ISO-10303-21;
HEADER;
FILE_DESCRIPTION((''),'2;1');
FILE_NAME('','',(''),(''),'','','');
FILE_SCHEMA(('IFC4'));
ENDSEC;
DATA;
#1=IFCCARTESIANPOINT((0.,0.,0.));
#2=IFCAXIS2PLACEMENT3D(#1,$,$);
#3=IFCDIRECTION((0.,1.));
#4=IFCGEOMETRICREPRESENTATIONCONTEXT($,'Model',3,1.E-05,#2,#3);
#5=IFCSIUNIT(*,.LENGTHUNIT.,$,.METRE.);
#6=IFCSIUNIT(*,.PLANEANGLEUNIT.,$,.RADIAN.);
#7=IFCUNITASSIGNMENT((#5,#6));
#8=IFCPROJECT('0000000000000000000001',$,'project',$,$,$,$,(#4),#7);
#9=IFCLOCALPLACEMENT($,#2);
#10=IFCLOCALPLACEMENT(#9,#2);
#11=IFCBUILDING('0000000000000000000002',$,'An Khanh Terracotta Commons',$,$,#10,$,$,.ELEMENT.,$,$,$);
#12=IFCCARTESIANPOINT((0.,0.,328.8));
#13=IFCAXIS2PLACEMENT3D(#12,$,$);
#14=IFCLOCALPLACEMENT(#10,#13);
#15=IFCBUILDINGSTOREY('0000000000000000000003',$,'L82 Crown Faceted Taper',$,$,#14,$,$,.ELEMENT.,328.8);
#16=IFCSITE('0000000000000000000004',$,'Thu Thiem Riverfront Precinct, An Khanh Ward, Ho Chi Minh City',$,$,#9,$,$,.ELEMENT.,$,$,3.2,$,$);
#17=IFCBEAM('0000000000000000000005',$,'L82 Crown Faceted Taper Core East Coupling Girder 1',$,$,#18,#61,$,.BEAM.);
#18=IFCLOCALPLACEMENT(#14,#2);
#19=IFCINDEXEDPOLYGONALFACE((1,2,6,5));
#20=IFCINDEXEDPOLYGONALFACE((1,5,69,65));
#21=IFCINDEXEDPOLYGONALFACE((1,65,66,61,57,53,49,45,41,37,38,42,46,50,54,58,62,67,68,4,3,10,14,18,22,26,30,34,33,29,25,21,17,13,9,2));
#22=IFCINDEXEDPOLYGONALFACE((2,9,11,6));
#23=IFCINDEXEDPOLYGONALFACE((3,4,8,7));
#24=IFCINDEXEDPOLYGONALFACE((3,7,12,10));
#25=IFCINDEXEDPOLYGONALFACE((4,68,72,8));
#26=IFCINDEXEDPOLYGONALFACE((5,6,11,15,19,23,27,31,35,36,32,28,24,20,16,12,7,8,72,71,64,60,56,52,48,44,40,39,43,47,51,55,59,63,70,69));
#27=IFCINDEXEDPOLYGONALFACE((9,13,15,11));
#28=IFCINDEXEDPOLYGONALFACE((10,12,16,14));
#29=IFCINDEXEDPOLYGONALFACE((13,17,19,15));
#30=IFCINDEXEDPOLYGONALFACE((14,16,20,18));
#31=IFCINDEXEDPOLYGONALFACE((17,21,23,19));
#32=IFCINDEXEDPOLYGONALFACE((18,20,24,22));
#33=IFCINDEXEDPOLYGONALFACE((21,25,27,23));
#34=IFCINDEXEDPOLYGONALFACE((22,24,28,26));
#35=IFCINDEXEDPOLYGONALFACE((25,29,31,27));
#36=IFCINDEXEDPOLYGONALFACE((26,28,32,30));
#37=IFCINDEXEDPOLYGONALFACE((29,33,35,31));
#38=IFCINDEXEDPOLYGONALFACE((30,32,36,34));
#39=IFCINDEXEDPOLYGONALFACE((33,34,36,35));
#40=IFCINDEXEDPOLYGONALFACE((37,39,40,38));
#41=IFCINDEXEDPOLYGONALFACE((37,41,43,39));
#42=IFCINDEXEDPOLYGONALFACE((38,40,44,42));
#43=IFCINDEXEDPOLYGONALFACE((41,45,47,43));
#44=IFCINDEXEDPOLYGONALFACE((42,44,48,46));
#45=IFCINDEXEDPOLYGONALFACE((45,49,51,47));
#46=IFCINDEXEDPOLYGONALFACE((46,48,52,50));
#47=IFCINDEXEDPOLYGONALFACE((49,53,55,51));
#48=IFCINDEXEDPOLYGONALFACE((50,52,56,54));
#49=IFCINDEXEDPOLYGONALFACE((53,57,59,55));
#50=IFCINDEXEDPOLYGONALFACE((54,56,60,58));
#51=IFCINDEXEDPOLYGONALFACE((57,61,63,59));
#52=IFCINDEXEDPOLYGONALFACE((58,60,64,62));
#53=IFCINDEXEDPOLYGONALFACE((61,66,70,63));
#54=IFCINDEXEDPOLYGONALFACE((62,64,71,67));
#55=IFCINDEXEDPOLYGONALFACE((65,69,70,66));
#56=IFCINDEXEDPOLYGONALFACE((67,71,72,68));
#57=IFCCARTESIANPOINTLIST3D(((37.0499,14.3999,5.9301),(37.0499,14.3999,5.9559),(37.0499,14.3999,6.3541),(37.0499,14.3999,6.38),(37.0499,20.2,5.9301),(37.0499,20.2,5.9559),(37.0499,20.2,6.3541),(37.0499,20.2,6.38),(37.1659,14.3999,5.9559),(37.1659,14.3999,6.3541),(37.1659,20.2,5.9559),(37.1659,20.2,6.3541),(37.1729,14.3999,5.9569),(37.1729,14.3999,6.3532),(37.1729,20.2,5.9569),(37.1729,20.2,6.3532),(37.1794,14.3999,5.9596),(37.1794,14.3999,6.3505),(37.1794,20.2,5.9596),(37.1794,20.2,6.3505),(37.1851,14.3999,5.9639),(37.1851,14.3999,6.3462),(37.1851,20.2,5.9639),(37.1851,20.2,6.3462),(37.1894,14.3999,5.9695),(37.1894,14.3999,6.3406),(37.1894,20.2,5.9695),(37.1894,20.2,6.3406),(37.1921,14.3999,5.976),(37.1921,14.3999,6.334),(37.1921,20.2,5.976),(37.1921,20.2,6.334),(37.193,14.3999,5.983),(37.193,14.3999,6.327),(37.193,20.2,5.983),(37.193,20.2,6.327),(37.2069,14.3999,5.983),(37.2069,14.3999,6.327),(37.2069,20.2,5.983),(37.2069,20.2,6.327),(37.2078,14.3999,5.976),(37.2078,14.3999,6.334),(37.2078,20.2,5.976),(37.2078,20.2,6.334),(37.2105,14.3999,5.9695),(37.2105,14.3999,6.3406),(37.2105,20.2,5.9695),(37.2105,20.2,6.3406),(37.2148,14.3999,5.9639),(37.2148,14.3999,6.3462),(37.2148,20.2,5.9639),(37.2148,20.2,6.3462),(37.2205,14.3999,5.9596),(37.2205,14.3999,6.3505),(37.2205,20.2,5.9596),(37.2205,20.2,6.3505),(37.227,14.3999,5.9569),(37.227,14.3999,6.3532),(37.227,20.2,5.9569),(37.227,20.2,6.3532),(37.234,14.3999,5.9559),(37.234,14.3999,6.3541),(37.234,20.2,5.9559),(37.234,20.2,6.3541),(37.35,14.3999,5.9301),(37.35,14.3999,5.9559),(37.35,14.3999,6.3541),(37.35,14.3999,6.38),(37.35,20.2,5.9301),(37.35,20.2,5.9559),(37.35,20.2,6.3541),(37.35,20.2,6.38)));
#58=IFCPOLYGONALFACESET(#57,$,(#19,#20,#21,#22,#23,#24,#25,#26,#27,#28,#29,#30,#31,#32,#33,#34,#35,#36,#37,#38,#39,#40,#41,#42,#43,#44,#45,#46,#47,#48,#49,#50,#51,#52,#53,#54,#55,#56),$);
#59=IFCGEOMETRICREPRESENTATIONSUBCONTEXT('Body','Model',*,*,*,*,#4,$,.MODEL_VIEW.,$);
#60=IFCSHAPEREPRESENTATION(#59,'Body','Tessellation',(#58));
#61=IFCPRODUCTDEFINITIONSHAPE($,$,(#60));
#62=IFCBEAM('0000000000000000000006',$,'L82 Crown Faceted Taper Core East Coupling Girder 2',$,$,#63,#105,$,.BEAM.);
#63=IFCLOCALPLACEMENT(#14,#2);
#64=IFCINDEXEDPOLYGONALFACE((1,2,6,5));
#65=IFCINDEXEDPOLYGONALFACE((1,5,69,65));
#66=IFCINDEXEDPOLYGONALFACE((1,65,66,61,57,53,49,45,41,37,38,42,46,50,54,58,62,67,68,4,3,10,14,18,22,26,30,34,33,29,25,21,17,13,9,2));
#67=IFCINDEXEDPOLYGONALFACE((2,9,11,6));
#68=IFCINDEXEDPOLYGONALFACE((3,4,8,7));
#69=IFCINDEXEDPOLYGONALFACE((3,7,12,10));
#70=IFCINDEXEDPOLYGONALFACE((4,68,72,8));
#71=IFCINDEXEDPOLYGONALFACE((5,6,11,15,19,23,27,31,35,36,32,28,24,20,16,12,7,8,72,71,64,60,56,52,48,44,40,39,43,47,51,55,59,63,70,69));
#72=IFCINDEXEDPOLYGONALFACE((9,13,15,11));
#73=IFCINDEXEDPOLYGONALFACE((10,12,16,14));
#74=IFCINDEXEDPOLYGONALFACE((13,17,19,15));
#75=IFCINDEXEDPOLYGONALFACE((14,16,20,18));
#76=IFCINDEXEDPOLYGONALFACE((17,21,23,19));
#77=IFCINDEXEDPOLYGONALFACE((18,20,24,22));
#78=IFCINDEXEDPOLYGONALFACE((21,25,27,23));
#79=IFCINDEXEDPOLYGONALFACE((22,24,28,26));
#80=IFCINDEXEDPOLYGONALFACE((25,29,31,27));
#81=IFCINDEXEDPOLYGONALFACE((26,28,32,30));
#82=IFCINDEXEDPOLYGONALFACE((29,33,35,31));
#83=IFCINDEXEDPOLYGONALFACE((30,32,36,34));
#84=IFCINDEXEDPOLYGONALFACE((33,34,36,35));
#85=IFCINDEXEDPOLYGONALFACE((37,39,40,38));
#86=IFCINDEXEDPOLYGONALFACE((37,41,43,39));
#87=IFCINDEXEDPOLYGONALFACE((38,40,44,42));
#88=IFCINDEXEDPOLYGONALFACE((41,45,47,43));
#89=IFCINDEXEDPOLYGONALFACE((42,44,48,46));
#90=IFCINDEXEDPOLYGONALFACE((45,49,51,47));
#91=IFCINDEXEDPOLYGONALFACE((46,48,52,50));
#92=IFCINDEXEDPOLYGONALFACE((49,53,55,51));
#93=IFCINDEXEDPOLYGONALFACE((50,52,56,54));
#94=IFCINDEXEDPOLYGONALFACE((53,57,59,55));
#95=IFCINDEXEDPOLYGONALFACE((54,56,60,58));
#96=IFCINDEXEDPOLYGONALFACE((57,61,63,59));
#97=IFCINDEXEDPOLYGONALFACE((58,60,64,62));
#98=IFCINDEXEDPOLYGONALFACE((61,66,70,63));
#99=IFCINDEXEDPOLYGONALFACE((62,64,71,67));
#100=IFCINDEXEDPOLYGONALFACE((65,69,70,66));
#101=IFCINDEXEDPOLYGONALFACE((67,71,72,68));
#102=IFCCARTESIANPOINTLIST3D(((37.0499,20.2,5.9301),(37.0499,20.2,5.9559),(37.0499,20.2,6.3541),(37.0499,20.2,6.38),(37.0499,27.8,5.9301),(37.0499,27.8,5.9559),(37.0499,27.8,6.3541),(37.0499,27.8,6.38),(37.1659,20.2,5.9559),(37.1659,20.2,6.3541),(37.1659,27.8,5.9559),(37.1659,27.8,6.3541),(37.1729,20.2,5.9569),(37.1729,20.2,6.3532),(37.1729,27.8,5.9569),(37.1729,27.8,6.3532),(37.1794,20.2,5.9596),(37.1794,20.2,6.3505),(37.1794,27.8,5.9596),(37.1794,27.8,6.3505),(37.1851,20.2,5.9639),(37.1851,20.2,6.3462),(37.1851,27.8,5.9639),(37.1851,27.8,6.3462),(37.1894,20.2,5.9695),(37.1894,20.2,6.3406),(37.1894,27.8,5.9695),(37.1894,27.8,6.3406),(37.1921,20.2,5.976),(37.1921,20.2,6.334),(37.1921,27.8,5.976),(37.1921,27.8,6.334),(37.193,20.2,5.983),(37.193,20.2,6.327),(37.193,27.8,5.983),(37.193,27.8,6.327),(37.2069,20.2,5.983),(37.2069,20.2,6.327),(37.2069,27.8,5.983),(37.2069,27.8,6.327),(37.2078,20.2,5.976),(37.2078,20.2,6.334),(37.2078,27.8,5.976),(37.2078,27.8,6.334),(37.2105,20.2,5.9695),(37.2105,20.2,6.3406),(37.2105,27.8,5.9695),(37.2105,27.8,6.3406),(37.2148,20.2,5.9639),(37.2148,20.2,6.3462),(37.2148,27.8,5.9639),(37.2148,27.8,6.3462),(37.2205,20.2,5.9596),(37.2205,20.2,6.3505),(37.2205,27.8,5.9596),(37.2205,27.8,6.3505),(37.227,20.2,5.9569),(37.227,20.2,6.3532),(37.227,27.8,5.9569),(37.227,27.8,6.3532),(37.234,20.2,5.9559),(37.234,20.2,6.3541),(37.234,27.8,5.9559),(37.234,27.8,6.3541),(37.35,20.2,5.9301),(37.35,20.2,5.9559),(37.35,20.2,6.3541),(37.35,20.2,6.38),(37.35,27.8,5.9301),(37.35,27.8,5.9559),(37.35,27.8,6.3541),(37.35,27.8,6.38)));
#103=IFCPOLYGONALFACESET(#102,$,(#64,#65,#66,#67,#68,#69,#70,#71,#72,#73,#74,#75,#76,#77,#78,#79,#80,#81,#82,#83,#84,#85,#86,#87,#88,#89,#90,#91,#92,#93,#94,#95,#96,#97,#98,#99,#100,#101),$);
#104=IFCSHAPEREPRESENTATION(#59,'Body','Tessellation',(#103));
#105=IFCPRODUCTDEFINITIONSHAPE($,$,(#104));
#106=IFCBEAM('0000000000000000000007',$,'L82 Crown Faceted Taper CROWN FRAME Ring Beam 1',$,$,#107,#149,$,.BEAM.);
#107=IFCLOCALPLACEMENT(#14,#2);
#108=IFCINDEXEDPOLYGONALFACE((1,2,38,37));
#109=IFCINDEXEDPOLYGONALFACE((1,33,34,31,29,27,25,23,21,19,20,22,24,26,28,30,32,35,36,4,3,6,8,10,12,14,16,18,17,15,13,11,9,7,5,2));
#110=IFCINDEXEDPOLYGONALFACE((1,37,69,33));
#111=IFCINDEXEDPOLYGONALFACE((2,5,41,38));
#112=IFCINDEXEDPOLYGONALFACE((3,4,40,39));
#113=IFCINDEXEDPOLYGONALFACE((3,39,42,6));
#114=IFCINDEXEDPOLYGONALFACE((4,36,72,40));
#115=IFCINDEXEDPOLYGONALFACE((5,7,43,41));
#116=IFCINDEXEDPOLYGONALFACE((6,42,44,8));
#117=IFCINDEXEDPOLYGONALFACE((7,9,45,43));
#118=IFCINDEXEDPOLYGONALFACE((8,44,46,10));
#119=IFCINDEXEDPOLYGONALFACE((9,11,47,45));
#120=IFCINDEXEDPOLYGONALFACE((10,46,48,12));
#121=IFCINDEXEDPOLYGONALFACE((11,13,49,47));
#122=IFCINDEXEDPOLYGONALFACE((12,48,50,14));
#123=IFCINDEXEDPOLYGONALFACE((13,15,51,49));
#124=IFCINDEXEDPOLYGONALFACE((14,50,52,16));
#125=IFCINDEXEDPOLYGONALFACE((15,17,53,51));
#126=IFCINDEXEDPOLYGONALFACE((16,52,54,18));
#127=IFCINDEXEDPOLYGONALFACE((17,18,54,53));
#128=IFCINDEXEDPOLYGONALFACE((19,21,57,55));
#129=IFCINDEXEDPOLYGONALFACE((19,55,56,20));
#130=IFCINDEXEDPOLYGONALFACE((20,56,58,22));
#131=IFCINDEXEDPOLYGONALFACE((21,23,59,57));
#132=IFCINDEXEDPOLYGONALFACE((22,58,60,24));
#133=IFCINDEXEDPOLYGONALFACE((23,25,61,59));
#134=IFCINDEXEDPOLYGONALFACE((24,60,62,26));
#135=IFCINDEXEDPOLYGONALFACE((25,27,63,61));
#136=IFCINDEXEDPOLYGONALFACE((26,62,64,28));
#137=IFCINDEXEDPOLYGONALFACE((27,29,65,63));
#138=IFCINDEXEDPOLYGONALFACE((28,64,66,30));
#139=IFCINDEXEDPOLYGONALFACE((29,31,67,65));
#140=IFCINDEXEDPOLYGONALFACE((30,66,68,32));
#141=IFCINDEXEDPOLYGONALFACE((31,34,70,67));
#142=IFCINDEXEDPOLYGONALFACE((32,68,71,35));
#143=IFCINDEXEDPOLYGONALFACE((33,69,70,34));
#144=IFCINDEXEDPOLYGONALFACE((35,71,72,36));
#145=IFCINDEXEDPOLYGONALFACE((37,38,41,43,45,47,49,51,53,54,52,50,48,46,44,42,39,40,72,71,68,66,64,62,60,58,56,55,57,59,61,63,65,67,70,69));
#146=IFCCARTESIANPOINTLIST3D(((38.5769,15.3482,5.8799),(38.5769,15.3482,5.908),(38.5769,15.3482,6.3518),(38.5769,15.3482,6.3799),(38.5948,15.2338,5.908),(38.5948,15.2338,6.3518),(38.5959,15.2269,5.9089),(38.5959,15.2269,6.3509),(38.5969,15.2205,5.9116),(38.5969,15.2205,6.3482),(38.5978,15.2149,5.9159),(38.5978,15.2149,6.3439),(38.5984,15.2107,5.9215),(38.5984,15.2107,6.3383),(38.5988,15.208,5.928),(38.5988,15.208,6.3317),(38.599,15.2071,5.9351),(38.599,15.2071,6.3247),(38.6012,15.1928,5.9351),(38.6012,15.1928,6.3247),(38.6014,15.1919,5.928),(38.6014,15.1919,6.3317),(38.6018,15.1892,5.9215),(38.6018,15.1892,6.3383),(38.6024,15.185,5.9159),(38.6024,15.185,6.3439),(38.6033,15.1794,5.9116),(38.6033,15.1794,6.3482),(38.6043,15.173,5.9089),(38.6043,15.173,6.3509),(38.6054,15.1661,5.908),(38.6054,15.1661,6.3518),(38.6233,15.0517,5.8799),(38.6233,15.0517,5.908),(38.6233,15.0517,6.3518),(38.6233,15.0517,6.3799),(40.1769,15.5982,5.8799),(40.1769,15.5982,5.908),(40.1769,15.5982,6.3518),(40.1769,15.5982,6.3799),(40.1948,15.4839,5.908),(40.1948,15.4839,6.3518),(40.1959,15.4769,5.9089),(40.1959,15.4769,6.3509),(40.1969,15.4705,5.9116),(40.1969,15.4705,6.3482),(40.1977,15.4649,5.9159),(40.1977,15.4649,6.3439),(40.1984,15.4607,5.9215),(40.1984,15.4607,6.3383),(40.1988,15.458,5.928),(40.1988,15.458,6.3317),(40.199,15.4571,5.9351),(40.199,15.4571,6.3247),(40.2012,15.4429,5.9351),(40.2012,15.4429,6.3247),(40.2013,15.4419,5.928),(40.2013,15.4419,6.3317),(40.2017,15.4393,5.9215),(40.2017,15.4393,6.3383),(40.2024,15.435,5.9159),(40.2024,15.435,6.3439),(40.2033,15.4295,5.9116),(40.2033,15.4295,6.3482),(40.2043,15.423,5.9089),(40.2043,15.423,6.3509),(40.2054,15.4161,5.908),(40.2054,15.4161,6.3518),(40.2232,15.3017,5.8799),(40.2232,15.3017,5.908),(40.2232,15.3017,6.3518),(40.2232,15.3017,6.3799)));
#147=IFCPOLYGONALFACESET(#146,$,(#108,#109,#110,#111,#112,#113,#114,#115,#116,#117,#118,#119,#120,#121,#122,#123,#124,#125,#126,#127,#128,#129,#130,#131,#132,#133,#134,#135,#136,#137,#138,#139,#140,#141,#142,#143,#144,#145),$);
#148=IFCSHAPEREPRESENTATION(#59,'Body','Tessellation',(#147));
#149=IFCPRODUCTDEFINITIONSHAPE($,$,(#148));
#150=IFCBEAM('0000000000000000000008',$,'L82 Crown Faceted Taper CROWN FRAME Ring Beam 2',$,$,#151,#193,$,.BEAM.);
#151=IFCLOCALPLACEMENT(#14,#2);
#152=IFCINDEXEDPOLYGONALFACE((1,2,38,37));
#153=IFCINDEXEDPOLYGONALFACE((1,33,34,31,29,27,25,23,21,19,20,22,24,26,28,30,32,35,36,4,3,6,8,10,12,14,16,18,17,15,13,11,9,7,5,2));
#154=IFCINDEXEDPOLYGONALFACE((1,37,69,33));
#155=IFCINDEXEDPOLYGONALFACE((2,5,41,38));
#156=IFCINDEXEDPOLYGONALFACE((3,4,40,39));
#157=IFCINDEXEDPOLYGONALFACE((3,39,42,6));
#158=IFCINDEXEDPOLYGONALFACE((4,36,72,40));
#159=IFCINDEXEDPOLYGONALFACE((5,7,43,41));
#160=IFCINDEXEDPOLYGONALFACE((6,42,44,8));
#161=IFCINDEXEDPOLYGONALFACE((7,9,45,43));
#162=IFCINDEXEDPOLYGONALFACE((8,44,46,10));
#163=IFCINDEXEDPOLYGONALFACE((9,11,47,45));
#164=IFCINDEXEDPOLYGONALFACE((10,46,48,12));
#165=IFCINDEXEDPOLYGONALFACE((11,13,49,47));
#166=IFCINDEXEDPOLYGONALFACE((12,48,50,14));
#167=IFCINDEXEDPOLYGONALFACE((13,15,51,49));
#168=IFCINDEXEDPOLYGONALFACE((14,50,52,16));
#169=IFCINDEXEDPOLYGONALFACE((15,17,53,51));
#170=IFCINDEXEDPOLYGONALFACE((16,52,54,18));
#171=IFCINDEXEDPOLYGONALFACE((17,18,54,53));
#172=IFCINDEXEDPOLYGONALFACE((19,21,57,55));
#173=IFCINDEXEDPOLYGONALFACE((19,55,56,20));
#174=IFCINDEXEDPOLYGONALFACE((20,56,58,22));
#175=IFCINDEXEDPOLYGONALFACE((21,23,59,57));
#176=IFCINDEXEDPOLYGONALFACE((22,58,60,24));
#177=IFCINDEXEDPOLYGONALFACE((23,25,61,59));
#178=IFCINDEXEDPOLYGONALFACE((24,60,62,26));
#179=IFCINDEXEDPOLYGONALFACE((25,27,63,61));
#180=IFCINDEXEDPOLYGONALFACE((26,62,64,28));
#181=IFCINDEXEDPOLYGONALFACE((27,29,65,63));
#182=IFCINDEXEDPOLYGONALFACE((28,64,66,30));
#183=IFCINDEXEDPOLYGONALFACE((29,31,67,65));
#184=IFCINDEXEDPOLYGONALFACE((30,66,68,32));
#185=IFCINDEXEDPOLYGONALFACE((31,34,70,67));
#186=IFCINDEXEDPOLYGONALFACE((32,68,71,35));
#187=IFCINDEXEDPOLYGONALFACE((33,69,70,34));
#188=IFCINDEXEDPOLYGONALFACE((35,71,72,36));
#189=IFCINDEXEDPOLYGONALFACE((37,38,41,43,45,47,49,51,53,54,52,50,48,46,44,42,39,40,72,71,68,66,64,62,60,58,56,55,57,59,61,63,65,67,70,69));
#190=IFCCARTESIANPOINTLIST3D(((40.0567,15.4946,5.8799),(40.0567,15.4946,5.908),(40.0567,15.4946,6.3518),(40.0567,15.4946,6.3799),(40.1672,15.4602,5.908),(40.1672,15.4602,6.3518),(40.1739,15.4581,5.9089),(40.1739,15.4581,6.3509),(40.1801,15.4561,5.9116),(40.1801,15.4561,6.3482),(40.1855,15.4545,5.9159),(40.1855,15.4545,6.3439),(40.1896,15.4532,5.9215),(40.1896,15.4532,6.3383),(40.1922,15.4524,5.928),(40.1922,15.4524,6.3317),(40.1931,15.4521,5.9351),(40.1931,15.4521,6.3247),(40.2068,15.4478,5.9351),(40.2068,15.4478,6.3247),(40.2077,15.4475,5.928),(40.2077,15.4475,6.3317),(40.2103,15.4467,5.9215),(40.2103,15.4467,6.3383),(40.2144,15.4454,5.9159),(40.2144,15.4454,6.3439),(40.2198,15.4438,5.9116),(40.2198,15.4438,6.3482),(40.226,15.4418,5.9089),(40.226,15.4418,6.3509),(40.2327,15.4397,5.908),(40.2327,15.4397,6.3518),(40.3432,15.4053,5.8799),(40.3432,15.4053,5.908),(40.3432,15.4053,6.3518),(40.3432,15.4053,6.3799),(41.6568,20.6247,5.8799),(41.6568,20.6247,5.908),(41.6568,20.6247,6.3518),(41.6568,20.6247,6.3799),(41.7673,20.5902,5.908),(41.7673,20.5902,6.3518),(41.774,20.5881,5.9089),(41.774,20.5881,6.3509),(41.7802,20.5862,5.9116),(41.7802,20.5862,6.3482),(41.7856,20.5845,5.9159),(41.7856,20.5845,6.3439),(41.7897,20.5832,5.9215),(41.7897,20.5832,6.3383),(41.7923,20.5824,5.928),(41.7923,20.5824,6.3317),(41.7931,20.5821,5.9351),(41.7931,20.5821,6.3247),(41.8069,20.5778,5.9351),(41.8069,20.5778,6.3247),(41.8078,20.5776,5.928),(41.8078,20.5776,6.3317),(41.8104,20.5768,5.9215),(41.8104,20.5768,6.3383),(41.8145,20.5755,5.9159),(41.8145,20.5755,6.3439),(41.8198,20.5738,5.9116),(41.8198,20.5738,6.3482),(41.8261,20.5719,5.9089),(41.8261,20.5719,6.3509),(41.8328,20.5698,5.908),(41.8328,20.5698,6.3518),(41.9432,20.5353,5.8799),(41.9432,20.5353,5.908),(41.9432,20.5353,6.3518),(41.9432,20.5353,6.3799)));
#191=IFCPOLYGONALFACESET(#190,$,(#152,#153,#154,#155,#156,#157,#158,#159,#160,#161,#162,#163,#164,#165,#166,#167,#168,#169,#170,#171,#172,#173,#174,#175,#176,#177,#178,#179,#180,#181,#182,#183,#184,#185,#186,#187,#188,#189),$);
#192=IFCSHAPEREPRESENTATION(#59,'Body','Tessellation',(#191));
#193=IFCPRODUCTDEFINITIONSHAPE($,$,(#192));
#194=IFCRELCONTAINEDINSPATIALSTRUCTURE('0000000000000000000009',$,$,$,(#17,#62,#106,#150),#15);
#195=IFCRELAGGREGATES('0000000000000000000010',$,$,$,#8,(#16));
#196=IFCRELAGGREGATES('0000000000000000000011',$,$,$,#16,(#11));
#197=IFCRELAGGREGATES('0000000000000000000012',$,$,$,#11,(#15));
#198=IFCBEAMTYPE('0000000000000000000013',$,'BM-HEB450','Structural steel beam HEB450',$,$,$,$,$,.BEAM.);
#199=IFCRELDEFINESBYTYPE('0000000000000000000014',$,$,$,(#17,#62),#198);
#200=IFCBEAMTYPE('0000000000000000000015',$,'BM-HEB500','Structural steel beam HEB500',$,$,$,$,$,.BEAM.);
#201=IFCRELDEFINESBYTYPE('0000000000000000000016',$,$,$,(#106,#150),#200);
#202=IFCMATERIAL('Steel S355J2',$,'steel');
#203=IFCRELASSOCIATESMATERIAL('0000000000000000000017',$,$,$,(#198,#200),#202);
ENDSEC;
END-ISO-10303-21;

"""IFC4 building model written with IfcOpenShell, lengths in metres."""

from ifc_helpers import new_model, si_unit, direction, frame, origin, origin_2d, place, context, subcontext, project, spatial, i_section, extrude, material, material_profile, profile_set, type_object, element, save


model = new_model("IFC4")

# Units and contexts
model_context = context("Model", 3, precision=1e-05, world=origin(), true_north=direction((0.0, 1.0)))
body_context = subcontext(model_context, "Body", "Model", "MODEL_VIEW")
ifc_project = project(units=[si_unit("LENGTHUNIT", "METRE"), si_unit("PLANEANGLEUNIT", "RADIAN")], contexts=[model_context])

# Site, building, storey
site_placement = place(None, origin())
site = spatial("IfcSite", under=ifc_project, at=site_placement, Name="Thu Thiem Riverfront Precinct, An Khanh Ward, Ho Chi Minh City", CompositionType="ELEMENT", RefElevation=3.2)
building_placement = place(site_placement, origin())
building = spatial("IfcBuilding", under=site, at=building_placement, Name="An Khanh Terracotta Commons", CompositionType="ELEMENT")
storey_placement = place(building_placement, frame((0.0, 0.0, 328.8)))
storey = spatial("IfcBuildingStorey", under=building, at=storey_placement, Name="L82 Crown Faceted Taper", CompositionType="ELEMENT", Elevation=328.8)

# Beams
ifc_material_1 = material(Name="Steel S355J2", Category="steel")
ifc_material_profile_1 = material_profile(ifc_material_1, i_section(OverallWidth=0.3, OverallDepth=0.45, WebThickness=0.0139, FlangeThickness=0.0259, FilletRadius=0.0271, at=origin_2d()), Name="HEB450")
ifc_profile_set_1 = profile_set([ifc_material_profile_1], Name="Steel S355J2")
beam_type_1 = type_object("IfcBeamType", Name="BM-HEB450", Description="Structural steel beam HEB450", PredefinedType="BEAM", material=ifc_profile_set_1)
beam_1_placement = place(storey_placement, frame((37.2, 14.3999, 6.155), z_axis=(0.0, 1.0, 0.0), x_axis=(-1.0, 0.0, 0.0)))
element("IfcBeam", 1, at=beam_1_placement, inside=storey, type_object=beam_type_1, Name="L82 Crown Faceted Taper Core East Coupling Girder 1", PredefinedType="BEAM", context=body_context, shape_type="SweptSolid", body=[
    extrude(i_section(OverallWidth=0.3, OverallDepth=0.45, WebThickness=0.0139, FlangeThickness=0.0259, FilletRadius=0.0271, at=origin_2d()), origin(), (0.0, 0.0, 1.0), 5.8),
])
beam_2_placement = place(storey_placement, frame((37.2, 20.2, 6.155), z_axis=(0.0, 1.0, 0.0), x_axis=(-1.0, 0.0, 0.0)))
element("IfcBeam", 2, at=beam_2_placement, inside=storey, type_object=beam_type_1, Name="L82 Crown Faceted Taper Core East Coupling Girder 2", PredefinedType="BEAM", context=body_context, shape_type="SweptSolid", body=[
    extrude(i_section(OverallWidth=0.3, OverallDepth=0.45, WebThickness=0.0139, FlangeThickness=0.0259, FilletRadius=0.0271, at=origin_2d()), origin(), (0.0, 0.0, 1.0), 7.6001),
])
ifc_material_profile_2 = material_profile(ifc_material_1, i_section(OverallWidth=0.3, OverallDepth=0.5, WebThickness=0.0144, FlangeThickness=0.0281, FilletRadius=0.0271, at=origin_2d()), Name="HEB500")
ifc_profile_set_2 = profile_set([ifc_material_profile_2], Name="Steel S355J2")
beam_type_2 = type_object("IfcBeamType", Name="BM-HEB500", Description="Structural steel beam HEB500", PredefinedType="BEAM", material=ifc_profile_set_2)
beam_3_placement = place(storey_placement, frame((38.6001, 15.2, 6.1299), z_axis=(0.98801, 0.154391, 0.0), x_axis=(-0.154391, 0.98801, 0.0)))
element("IfcBeam", 3, at=beam_3_placement, inside=storey, type_object=beam_type_2, Name="L82 Crown Faceted Taper CROWN FRAME Ring Beam 1", PredefinedType="BEAM", context=body_context, shape_type="SweptSolid", body=[
    extrude(i_section(OverallWidth=0.3, OverallDepth=0.5, WebThickness=0.0144, FlangeThickness=0.0281, FilletRadius=0.0271, at=origin_2d()), origin(), (0.0, 0.0, 1.0), 1.6194),
])
beam_4_placement = place(storey_placement, frame((40.2, 15.45, 6.1299), z_axis=(0.297755, 0.954642, 0.0), x_axis=(-0.954642, 0.297755, 0.0)))
element("IfcBeam", 4, at=beam_4_placement, inside=storey, type_object=beam_type_2, Name="L82 Crown Faceted Taper CROWN FRAME Ring Beam 2", PredefinedType="BEAM", context=body_context, shape_type="SweptSolid", body=[
    extrude(i_section(OverallWidth=0.3, OverallDepth=0.5, WebThickness=0.0144, FlangeThickness=0.0281, FilletRadius=0.0271, at=origin_2d()), origin(), (0.0, 0.0, 1.0), 5.3738),
])

save(model, "model.ifc")
